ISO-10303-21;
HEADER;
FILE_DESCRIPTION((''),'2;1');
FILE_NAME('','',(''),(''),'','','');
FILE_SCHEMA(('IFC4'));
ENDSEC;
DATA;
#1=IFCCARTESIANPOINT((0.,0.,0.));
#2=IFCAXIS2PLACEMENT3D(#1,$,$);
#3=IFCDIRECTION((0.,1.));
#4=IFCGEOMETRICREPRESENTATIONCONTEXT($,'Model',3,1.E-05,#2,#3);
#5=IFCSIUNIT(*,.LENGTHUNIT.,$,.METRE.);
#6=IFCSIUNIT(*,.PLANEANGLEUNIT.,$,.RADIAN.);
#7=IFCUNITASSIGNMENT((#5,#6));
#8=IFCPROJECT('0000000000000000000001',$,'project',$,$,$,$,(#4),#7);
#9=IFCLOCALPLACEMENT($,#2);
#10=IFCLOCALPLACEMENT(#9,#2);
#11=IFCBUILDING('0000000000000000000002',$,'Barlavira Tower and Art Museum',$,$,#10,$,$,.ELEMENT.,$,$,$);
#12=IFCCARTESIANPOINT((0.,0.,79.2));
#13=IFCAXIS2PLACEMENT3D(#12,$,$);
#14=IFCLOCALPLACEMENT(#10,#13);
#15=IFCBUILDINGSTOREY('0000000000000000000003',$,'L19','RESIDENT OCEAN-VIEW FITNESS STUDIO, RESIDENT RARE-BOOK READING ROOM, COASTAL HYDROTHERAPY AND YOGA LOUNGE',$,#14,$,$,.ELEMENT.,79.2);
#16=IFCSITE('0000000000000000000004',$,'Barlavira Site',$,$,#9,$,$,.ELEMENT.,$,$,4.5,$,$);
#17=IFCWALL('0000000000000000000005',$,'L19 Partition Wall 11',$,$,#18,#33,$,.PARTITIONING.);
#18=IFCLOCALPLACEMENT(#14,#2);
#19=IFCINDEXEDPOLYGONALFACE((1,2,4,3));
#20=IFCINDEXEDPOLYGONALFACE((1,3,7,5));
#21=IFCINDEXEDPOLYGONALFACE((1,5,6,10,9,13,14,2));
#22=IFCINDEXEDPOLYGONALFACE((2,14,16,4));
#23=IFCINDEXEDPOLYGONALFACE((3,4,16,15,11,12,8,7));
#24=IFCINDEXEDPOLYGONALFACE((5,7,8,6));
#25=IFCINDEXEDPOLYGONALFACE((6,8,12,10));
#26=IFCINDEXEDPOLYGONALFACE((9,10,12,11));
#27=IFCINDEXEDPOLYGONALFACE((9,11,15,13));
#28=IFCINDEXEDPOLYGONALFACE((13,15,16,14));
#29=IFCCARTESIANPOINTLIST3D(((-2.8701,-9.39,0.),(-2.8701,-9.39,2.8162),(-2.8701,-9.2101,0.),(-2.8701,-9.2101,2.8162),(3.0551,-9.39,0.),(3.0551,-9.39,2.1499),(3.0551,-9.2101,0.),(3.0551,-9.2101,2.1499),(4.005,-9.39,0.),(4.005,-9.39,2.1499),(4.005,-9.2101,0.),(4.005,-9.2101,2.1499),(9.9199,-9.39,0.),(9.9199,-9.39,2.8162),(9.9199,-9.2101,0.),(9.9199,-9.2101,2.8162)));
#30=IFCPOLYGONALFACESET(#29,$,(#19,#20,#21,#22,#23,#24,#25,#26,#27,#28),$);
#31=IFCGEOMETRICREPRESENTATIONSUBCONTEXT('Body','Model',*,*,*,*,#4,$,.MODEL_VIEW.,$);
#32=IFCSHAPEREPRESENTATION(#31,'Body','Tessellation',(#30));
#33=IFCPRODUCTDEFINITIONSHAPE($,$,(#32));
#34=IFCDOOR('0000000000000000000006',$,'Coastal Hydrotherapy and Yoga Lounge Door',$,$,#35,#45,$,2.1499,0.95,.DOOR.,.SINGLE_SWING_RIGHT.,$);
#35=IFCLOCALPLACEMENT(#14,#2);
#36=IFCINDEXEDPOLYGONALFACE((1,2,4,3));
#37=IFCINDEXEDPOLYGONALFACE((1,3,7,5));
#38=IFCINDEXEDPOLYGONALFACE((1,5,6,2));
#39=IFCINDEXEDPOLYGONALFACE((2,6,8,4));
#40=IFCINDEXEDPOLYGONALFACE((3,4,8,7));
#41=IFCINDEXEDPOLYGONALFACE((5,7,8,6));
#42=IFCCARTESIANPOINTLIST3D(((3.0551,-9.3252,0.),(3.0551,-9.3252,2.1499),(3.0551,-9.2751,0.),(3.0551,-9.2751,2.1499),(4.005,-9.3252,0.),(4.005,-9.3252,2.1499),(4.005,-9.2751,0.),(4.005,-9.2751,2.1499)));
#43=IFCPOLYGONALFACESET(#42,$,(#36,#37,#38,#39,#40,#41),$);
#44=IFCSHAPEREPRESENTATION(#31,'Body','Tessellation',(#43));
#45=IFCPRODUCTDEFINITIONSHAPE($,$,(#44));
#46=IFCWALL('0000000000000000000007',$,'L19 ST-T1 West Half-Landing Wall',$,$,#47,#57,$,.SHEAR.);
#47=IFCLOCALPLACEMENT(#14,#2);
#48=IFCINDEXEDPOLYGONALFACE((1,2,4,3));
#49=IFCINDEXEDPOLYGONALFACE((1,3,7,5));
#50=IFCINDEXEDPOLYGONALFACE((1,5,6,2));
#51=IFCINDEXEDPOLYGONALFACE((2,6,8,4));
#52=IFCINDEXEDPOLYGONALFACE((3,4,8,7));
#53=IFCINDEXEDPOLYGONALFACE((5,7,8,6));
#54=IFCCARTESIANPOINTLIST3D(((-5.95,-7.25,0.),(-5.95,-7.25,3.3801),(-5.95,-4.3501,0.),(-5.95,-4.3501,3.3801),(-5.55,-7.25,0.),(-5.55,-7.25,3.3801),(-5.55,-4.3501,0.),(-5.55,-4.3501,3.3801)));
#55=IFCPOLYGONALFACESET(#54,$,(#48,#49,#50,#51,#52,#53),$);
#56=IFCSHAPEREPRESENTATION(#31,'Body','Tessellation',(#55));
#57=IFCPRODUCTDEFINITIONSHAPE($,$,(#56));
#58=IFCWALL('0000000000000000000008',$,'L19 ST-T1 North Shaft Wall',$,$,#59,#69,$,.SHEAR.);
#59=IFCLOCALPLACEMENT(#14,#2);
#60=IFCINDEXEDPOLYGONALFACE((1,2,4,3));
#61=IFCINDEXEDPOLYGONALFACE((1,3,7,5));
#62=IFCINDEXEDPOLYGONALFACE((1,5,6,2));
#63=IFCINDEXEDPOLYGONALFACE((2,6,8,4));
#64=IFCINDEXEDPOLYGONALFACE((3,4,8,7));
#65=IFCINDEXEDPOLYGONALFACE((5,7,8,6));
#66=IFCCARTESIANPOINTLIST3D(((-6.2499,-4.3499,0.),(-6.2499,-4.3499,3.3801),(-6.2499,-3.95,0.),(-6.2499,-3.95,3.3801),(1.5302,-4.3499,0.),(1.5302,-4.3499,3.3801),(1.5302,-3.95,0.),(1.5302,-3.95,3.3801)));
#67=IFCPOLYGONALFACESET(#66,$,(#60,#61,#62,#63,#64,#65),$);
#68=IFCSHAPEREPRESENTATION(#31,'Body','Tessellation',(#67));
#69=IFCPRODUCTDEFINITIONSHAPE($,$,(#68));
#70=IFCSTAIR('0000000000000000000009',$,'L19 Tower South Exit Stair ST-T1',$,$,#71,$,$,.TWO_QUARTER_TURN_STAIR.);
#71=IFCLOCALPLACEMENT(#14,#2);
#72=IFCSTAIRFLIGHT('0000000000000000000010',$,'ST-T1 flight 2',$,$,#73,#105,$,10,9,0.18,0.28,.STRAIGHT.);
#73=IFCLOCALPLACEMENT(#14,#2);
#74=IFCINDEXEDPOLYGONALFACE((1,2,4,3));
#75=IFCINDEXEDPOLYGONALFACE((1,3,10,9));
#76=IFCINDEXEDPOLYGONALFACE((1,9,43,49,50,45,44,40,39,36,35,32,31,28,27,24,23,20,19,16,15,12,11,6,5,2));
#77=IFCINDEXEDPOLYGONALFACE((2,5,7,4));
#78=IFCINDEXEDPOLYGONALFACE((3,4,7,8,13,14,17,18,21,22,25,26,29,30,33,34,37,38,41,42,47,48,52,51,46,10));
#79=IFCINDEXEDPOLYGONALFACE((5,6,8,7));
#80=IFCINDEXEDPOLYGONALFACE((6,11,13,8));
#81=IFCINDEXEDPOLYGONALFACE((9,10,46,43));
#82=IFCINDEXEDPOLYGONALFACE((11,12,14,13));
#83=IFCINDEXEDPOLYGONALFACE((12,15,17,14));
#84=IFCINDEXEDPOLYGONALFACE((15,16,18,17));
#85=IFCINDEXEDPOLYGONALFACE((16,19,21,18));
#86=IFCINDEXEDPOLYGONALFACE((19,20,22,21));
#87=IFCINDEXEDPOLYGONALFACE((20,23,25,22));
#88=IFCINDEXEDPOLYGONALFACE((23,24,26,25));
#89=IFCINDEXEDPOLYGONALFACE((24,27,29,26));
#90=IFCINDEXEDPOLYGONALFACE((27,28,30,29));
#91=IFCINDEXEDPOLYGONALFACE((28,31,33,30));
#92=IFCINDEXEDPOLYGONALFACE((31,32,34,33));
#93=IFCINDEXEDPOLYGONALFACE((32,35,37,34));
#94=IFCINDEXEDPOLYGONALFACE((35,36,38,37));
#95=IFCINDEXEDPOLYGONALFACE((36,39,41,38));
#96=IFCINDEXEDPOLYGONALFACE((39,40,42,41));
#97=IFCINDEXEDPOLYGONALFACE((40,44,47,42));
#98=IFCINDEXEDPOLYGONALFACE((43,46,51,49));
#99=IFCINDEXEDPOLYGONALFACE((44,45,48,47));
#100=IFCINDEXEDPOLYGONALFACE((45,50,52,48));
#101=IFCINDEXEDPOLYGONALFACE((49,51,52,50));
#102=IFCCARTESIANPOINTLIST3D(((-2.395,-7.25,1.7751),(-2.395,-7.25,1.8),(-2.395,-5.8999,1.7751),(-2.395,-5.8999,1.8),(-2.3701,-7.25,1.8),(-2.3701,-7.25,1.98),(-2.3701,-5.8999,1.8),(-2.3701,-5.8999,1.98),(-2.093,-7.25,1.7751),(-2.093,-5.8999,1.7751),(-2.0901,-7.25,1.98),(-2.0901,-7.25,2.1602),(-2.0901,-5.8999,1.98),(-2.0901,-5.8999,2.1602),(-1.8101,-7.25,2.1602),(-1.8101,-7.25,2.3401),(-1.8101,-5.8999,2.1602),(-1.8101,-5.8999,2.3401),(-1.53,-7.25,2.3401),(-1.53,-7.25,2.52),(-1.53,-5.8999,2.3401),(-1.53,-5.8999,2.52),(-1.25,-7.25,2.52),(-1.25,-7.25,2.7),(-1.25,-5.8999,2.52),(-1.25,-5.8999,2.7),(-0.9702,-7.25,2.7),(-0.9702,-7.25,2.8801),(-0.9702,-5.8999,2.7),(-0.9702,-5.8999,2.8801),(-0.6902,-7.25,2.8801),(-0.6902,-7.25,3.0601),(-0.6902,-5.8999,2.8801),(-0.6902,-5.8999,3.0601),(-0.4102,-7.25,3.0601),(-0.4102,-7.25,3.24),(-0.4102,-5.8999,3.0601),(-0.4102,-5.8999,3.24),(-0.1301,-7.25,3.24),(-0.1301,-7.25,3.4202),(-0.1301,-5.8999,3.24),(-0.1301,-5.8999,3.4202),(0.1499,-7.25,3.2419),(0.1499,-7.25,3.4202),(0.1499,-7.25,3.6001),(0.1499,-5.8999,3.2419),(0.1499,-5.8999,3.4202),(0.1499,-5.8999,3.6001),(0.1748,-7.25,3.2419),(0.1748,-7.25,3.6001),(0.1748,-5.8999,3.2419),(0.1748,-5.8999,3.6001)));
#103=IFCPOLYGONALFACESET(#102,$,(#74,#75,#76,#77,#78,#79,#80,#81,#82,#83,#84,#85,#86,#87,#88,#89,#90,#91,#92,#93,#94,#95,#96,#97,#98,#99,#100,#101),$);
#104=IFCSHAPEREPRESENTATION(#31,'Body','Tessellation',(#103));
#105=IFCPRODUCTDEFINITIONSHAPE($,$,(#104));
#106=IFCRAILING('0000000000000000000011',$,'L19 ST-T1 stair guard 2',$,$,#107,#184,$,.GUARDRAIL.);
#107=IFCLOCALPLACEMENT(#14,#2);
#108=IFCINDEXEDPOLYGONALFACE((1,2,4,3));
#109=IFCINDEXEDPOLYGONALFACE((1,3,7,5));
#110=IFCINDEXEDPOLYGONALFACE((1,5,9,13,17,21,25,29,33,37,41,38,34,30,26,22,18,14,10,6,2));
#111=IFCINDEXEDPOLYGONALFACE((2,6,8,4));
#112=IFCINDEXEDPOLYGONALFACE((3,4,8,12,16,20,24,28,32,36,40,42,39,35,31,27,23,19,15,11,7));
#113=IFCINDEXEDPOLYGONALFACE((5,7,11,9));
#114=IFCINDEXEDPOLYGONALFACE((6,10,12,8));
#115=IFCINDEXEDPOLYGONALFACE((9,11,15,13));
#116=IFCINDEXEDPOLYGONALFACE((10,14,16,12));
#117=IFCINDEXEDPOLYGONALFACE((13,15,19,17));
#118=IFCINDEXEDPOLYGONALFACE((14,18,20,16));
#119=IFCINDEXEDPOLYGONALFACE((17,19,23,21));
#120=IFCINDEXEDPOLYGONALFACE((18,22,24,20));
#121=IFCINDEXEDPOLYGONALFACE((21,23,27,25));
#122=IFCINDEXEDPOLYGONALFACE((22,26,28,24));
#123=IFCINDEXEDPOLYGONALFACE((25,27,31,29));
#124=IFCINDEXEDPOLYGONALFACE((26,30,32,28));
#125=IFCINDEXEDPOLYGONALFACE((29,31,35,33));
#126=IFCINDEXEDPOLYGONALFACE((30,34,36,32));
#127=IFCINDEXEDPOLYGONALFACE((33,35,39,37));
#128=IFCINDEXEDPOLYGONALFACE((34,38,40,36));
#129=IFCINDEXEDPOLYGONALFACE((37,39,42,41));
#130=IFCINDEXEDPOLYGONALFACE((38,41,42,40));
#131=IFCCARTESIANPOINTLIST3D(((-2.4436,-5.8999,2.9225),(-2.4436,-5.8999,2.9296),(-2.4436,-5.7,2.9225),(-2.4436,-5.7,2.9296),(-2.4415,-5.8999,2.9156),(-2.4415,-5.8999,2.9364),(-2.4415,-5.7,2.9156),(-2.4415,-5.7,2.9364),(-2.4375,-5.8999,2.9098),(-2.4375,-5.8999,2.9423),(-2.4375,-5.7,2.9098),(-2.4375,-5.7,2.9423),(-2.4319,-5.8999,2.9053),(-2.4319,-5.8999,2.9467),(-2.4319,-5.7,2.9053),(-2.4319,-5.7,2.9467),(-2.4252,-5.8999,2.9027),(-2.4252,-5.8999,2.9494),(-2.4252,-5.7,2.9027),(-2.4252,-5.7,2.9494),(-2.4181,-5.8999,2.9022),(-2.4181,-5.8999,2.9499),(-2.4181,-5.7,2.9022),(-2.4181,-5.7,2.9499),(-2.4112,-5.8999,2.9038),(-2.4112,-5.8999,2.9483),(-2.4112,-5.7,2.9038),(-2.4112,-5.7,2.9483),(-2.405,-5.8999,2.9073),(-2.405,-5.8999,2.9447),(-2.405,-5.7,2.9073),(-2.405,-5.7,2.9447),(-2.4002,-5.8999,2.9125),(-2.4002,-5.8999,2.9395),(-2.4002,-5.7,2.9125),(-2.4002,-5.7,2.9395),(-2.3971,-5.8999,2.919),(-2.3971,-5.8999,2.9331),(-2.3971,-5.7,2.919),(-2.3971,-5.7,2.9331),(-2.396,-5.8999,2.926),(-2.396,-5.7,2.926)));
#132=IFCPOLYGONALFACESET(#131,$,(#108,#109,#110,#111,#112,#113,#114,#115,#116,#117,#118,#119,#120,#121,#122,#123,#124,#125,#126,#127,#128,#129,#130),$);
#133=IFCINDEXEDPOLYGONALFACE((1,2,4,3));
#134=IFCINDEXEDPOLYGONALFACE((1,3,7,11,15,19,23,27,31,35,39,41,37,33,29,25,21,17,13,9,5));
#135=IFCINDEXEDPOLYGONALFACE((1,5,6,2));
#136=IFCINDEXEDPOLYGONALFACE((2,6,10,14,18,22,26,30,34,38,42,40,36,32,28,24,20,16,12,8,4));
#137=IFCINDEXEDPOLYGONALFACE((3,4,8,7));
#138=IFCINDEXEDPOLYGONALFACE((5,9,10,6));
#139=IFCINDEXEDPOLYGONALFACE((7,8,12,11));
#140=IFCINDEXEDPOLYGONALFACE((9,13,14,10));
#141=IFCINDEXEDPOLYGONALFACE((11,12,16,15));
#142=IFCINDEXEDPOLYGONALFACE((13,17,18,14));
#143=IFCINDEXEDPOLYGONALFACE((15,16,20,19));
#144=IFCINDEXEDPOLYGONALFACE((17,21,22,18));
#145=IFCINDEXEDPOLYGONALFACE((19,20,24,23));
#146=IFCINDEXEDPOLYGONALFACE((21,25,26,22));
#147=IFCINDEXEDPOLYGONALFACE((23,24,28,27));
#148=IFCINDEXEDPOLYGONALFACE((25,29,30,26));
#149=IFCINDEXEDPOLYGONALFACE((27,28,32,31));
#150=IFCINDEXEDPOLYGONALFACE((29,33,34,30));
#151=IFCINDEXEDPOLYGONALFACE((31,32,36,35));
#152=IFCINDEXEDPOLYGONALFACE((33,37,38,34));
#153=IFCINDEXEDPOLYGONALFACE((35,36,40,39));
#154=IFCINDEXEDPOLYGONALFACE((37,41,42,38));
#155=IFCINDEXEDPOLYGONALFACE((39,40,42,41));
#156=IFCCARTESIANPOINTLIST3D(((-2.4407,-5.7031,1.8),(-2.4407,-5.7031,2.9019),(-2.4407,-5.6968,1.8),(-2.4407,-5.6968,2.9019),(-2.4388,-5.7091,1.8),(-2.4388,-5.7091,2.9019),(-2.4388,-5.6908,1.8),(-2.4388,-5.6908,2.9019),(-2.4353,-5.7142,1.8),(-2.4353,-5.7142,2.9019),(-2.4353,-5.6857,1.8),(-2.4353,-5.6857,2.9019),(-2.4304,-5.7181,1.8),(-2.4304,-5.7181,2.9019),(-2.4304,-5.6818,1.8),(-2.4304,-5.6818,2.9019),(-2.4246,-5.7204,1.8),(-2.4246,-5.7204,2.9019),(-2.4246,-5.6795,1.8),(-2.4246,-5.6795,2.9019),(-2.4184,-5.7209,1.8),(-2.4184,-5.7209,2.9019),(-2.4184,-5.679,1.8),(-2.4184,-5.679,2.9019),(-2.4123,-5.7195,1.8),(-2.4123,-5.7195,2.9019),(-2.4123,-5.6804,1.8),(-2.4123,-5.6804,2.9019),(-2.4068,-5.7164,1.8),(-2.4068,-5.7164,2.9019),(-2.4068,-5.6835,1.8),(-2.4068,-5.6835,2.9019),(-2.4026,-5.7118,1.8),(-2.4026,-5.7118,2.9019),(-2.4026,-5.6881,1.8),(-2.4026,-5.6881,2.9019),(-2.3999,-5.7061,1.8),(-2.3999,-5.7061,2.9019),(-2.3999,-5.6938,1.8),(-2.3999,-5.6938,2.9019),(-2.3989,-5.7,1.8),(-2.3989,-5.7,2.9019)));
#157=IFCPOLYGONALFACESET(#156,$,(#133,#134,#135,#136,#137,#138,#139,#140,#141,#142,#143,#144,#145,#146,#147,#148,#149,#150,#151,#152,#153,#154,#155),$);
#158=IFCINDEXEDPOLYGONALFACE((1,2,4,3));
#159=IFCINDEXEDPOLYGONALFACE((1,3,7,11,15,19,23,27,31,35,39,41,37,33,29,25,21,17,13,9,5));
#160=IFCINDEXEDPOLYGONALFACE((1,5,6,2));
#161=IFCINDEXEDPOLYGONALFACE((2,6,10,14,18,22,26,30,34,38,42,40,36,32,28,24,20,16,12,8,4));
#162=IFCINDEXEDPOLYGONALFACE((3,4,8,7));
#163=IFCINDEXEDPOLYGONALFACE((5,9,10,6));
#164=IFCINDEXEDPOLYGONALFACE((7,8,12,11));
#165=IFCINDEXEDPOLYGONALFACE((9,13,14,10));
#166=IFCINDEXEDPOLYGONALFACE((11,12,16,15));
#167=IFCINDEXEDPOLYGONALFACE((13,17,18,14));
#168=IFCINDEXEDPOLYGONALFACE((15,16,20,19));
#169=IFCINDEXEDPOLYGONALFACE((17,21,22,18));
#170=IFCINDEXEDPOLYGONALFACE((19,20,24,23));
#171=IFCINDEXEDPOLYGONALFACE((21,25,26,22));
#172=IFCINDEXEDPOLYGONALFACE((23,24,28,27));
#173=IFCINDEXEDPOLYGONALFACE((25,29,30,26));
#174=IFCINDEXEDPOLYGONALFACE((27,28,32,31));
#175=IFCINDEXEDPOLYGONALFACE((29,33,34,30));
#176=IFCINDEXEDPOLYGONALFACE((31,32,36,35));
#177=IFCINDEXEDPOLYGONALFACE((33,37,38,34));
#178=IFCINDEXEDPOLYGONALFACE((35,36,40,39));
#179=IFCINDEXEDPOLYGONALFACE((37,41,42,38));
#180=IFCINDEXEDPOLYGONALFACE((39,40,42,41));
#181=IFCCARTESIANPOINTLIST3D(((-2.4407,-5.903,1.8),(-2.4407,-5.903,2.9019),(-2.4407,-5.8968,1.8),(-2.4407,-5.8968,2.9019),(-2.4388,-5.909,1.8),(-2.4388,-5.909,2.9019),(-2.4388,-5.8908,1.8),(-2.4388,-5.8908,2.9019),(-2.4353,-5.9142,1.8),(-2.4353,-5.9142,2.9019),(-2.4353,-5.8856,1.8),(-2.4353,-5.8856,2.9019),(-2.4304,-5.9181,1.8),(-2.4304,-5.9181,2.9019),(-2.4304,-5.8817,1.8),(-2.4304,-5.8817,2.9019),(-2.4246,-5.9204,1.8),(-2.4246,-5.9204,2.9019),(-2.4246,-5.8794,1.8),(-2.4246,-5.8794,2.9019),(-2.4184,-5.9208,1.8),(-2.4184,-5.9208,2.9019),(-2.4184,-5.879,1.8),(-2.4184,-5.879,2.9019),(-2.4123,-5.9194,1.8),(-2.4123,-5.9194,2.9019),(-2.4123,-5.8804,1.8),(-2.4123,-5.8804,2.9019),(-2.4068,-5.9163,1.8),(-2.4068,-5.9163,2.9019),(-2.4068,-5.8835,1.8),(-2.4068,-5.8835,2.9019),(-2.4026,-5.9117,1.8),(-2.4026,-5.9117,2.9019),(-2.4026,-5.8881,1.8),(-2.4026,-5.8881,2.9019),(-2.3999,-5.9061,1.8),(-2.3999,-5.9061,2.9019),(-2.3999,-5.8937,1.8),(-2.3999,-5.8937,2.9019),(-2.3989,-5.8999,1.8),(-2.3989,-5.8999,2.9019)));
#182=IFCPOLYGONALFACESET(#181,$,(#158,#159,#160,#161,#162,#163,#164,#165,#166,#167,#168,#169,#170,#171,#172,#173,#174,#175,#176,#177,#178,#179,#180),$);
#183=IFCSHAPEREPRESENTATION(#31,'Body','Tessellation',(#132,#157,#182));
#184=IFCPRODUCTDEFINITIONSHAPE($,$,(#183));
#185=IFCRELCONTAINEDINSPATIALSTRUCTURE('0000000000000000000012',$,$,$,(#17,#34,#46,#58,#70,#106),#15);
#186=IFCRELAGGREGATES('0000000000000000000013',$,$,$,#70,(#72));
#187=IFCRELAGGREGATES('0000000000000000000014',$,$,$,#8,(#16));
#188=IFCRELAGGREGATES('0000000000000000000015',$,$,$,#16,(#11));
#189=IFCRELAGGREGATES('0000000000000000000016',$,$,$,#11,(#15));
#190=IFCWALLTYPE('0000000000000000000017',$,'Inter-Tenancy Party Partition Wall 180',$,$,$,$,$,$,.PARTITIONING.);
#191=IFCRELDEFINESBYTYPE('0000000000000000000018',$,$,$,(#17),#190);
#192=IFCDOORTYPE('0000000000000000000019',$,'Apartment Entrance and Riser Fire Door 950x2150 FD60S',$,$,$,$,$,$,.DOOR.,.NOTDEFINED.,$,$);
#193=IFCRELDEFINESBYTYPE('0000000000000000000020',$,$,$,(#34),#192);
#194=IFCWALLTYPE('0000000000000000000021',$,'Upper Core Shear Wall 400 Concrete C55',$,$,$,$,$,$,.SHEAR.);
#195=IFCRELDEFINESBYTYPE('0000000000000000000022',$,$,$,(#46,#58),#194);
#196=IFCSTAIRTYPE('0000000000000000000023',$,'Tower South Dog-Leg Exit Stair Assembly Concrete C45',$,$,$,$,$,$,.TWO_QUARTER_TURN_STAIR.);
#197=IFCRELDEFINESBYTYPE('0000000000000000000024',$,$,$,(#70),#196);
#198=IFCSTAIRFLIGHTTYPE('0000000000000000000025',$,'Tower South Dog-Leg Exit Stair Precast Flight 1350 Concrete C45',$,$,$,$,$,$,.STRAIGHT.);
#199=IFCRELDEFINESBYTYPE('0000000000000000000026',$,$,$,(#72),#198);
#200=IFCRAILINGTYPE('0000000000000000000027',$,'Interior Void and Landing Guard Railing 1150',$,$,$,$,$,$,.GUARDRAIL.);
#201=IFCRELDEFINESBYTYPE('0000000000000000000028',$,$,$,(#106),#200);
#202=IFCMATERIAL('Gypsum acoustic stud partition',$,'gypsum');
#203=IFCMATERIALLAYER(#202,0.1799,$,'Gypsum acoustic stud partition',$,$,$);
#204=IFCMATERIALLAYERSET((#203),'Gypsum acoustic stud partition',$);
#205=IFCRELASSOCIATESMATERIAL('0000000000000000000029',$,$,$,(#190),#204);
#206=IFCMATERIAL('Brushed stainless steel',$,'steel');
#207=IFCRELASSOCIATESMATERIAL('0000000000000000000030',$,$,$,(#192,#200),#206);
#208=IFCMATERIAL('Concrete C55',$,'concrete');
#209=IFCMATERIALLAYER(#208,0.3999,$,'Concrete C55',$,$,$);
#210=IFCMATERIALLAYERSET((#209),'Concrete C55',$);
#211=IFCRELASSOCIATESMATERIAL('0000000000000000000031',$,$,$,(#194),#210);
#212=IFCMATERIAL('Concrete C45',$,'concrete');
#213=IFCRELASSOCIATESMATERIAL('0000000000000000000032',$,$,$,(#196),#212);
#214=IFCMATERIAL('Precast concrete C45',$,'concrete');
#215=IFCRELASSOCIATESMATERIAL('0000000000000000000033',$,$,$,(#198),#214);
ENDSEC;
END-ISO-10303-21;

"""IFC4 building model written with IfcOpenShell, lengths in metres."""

from ifc_helpers import new_model, si_unit, direction, frame, frame_2d, origin, origin_2d, place, context, subcontext, project, spatial, polyline, rectangle, circle, outline, extrude, material, layer, layer_set, type_object, element, fill, aggregate, save


model = new_model("IFC4")

# Units and contexts
model_context = context("Model", 3, precision=1e-05, world=origin(), true_north=direction((0.0, 1.0)))
body_context = subcontext(model_context, "Body", "Model", "MODEL_VIEW")
ifc_project = project(units=[si_unit("LENGTHUNIT", "METRE"), si_unit("PLANEANGLEUNIT", "RADIAN")], contexts=[model_context])

# Site, building, storey
site_placement = place(None, origin())
site = spatial("IfcSite", under=ifc_project, at=site_placement, Name="Barlavira Site", CompositionType="ELEMENT", RefElevation=4.5)
building_placement = place(site_placement, origin())
building = spatial("IfcBuilding", under=site, at=building_placement, Name="Barlavira Tower and Art Museum", CompositionType="ELEMENT")
storey_placement = place(building_placement, frame((0.0, 0.0, 79.2)))
storey = spatial("IfcBuildingStorey", under=building, at=storey_placement, Name="L19", Description="RESIDENT OCEAN-VIEW FITNESS STUDIO, RESIDENT RARE-BOOK READING ROOM, COASTAL HYDROTHERAPY AND YOGA LOUNGE", CompositionType="ELEMENT", Elevation=79.2)

# Shared definitions
ifc_material_1 = material(Name="Brushed stainless steel", Category="steel")

# Shared definitions
ifc_material_2 = material(Name="Gypsum acoustic stud partition", Category="gypsum")
ifc_layer_1 = layer(ifc_material_2, 0.1799, Name="Gypsum acoustic stud partition")
ifc_layer_set_1 = layer_set([ifc_layer_1], Name="Gypsum acoustic stud partition")
wall_type_1 = type_object("IfcWallType", Name="Inter-Tenancy Party Partition Wall 180", PredefinedType="PARTITIONING", material=ifc_layer_set_1)
door_type_1 = type_object("IfcDoorType", Name="Apartment Entrance and Riser Fire Door 950x2150 FD60S", OperationType="NOTDEFINED", PredefinedType="DOOR", material=ifc_material_1)

# Wall, opening, door
wall_1_placement = place(storey_placement, frame((-2.8701, -9.3, 0.0), z_axis=(0.0, 0.0, 1.0), x_axis=(1.0, 0.0, 0.0)))
wall_1 = element("IfcWall", 1, at=wall_1_placement, inside=storey, type_object=wall_type_1, Name="L19 Partition Wall 11", PredefinedType="PARTITIONING", context=body_context, shape_type="SweptSolid", body=[
    extrude(rectangle(XDim=12.79, YDim=0.1799, at=frame_2d((6.395, 0.0))), origin(), (0.0, 0.0, 1.0), 2.8162),
])
opening_1_placement = place(wall_1_placement, frame((5.925, 0.0, 0.0)))
opening_1 = element("IfcOpeningElement", 2, at=opening_1_placement, cuts=wall_1, PredefinedType="OPENING", context=body_context, shape_type="SweptSolid", body=[
    extrude(rectangle(XDim=0.95, YDim=2.1499, at=frame_2d((0.4751, 1.075))), frame((0.0, 0.1001, 0.0), z_axis=(0.0, -1.0, 0.0), x_axis=(1.0, 0.0, 0.0)), (0.0, 0.0, 1.0), 0.2),
])
door_1_placement = place(opening_1_placement, origin())
door_1 = element("IfcDoor", 3, at=door_1_placement, inside=storey, type_object=door_type_1, Name="Coastal Hydrotherapy and Yoga Lounge Door", OperationType="SINGLE_SWING_RIGHT", OverallHeight=2.1499, OverallWidth=0.95, PredefinedType="DOOR", context=body_context, shape_type="SweptSolid", body=[
    extrude(rectangle(XDim=0.95, YDim=2.1499, at=frame_2d((0.4751, 1.075))), frame((0.0, 0.0249, 0.0), z_axis=(0.0, -1.0, 0.0), x_axis=(1.0, 0.0, 0.0)), (0.0, 0.0, 1.0), 0.05),
])
fill(opening_1, door_1)

# Walls
ifc_material_3 = material(Name="Concrete C55", Category="concrete")
ifc_layer_2 = layer(ifc_material_3, 0.3999, Name="Concrete C55")
ifc_layer_set_2 = layer_set([ifc_layer_2], Name="Concrete C55")
wall_type_2 = type_object("IfcWallType", Name="Upper Core Shear Wall 400 Concrete C55", PredefinedType="SHEAR", material=ifc_layer_set_2)
wall_2_placement = place(storey_placement, frame((-5.75, -7.25, 0.0), z_axis=(0.0, 0.0, 1.0), x_axis=(0.0, 1.0, 0.0)))
element("IfcWall", 4, at=wall_2_placement, inside=storey, type_object=wall_type_2, Name="L19 ST-T1 West Half-Landing Wall", PredefinedType="SHEAR", context=body_context, shape_type="SweptSolid", body=[
    extrude(rectangle(XDim=2.8999, YDim=0.3999, at=frame_2d((1.45, 0.0))), origin(), (0.0, 0.0, 1.0), 3.3801),
])
wall_3_placement = place(storey_placement, frame((-6.25, -4.1499, 0.0), z_axis=(0.0, 0.0, 1.0), x_axis=(1.0, 0.0, 0.0)))
element("IfcWall", 5, at=wall_3_placement, inside=storey, type_object=wall_type_2, Name="L19 ST-T1 North Shaft Wall", PredefinedType="SHEAR", context=body_context, shape_type="SweptSolid", body=[
    extrude(rectangle(XDim=7.78, YDim=0.3999, at=frame_2d((3.8901, 0.0))), origin(), (0.0, 0.0, 1.0), 3.3801),
])

# Stair, stair flight
ifc_material_4 = material(Name="Concrete C45", Category="concrete")
stair_type = type_object("IfcStairType", Name="Tower South Dog-Leg Exit Stair Assembly Concrete C45", PredefinedType="TWO_QUARTER_TURN_STAIR", material=ifc_material_4)
stair_placement = place(storey_placement, origin())
stair = element("IfcStair", 6, at=stair_placement, inside=storey, type_object=stair_type, Name="L19 Tower South Exit Stair ST-T1", PredefinedType="TWO_QUARTER_TURN_STAIR")
ifc_material_5 = material(Name="Precast concrete C45", Category="concrete")
stair_flight_type = type_object("IfcStairFlightType", Name="Tower South Dog-Leg Exit Stair Precast Flight 1350 Concrete C45", PredefinedType="STRAIGHT", material=ifc_material_5)
stair_flight_placement = place(storey_placement, frame((-2.3701, -6.575, 1.8), z_axis=(0.0, 0.0, 1.0), x_axis=(1.0, 0.0, 0.0)))
stair_flight = element("IfcStairFlight", 7, at=stair_flight_placement, type_object=stair_flight_type, Name="ST-T1 flight 2", NumberOfRisers=10, NumberOfTreads=9, PredefinedType="STRAIGHT", RiserHeight=0.18, TreadLength=0.28, context=body_context, shape_type="SweptSolid", body=[
    extrude(outline(polyline([(-0.0249, 0.0), (0.0, 0.0), (0.0, 0.1799), (0.28, 0.1799), (0.28, 0.3601), (0.5601, 0.3601), (0.5601, 0.54), (0.8401, 0.54), (0.8401, 0.72), (1.1201, 0.72), (1.1201, 0.8999), (1.3999, 0.8999), (1.3999, 1.0801), (1.6799, 1.0801), (1.6799, 1.26), (1.96, 1.26), (1.96, 1.4399), (2.24, 1.4399), (2.24, 1.6201), (2.52, 1.6201), (2.52, 1.8), (2.5449, 1.8), (2.5449, 1.4419), (2.52, 1.4419), (0.2771, -0.0249), (-0.0249, -0.0249), (-0.0249, 0.0)])), frame((0.0, 0.675, 0.0), z_axis=(0.0, -1.0, 0.0), x_axis=(1.0, 0.0, 0.0)), (0.0, 0.0, 1.0), 1.3501),
])
aggregate(stair, [stair_flight])

# Railing
railing_type_1 = type_object("IfcRailingType", Name="Interior Void and Landing Guard Railing 1150", PredefinedType="GUARDRAIL", material=ifc_material_1)
railing_1_placement = place(storey_placement, frame((-2.4199, -5.7, 1.8)))
element("IfcRailing", 8, at=railing_1_placement, inside=storey, type_object=railing_type_1, Name="L19 ST-T1 stair guard 2", PredefinedType="GUARDRAIL", context=body_context, shape_type="SweptSolid", body=[
    extrude(circle(Radius=0.0239, at=origin_2d()), frame((0.0, 0.0, 1.126), z_axis=(0.0, -1.0, 0.0), x_axis=(1.0, 0.0, 0.0)), (0.0, 0.0, 1.0), 0.2),
    extrude(circle(Radius=0.021, at=origin_2d()), origin(), (0.0, 0.0, 1.0), 1.1018),
    extrude(circle(Radius=0.021, at=origin_2d()), frame((0.0, -0.2, 0.0)), (0.0, 0.0, 1.0), 1.1018),
])

save(model, "model.ifc")
